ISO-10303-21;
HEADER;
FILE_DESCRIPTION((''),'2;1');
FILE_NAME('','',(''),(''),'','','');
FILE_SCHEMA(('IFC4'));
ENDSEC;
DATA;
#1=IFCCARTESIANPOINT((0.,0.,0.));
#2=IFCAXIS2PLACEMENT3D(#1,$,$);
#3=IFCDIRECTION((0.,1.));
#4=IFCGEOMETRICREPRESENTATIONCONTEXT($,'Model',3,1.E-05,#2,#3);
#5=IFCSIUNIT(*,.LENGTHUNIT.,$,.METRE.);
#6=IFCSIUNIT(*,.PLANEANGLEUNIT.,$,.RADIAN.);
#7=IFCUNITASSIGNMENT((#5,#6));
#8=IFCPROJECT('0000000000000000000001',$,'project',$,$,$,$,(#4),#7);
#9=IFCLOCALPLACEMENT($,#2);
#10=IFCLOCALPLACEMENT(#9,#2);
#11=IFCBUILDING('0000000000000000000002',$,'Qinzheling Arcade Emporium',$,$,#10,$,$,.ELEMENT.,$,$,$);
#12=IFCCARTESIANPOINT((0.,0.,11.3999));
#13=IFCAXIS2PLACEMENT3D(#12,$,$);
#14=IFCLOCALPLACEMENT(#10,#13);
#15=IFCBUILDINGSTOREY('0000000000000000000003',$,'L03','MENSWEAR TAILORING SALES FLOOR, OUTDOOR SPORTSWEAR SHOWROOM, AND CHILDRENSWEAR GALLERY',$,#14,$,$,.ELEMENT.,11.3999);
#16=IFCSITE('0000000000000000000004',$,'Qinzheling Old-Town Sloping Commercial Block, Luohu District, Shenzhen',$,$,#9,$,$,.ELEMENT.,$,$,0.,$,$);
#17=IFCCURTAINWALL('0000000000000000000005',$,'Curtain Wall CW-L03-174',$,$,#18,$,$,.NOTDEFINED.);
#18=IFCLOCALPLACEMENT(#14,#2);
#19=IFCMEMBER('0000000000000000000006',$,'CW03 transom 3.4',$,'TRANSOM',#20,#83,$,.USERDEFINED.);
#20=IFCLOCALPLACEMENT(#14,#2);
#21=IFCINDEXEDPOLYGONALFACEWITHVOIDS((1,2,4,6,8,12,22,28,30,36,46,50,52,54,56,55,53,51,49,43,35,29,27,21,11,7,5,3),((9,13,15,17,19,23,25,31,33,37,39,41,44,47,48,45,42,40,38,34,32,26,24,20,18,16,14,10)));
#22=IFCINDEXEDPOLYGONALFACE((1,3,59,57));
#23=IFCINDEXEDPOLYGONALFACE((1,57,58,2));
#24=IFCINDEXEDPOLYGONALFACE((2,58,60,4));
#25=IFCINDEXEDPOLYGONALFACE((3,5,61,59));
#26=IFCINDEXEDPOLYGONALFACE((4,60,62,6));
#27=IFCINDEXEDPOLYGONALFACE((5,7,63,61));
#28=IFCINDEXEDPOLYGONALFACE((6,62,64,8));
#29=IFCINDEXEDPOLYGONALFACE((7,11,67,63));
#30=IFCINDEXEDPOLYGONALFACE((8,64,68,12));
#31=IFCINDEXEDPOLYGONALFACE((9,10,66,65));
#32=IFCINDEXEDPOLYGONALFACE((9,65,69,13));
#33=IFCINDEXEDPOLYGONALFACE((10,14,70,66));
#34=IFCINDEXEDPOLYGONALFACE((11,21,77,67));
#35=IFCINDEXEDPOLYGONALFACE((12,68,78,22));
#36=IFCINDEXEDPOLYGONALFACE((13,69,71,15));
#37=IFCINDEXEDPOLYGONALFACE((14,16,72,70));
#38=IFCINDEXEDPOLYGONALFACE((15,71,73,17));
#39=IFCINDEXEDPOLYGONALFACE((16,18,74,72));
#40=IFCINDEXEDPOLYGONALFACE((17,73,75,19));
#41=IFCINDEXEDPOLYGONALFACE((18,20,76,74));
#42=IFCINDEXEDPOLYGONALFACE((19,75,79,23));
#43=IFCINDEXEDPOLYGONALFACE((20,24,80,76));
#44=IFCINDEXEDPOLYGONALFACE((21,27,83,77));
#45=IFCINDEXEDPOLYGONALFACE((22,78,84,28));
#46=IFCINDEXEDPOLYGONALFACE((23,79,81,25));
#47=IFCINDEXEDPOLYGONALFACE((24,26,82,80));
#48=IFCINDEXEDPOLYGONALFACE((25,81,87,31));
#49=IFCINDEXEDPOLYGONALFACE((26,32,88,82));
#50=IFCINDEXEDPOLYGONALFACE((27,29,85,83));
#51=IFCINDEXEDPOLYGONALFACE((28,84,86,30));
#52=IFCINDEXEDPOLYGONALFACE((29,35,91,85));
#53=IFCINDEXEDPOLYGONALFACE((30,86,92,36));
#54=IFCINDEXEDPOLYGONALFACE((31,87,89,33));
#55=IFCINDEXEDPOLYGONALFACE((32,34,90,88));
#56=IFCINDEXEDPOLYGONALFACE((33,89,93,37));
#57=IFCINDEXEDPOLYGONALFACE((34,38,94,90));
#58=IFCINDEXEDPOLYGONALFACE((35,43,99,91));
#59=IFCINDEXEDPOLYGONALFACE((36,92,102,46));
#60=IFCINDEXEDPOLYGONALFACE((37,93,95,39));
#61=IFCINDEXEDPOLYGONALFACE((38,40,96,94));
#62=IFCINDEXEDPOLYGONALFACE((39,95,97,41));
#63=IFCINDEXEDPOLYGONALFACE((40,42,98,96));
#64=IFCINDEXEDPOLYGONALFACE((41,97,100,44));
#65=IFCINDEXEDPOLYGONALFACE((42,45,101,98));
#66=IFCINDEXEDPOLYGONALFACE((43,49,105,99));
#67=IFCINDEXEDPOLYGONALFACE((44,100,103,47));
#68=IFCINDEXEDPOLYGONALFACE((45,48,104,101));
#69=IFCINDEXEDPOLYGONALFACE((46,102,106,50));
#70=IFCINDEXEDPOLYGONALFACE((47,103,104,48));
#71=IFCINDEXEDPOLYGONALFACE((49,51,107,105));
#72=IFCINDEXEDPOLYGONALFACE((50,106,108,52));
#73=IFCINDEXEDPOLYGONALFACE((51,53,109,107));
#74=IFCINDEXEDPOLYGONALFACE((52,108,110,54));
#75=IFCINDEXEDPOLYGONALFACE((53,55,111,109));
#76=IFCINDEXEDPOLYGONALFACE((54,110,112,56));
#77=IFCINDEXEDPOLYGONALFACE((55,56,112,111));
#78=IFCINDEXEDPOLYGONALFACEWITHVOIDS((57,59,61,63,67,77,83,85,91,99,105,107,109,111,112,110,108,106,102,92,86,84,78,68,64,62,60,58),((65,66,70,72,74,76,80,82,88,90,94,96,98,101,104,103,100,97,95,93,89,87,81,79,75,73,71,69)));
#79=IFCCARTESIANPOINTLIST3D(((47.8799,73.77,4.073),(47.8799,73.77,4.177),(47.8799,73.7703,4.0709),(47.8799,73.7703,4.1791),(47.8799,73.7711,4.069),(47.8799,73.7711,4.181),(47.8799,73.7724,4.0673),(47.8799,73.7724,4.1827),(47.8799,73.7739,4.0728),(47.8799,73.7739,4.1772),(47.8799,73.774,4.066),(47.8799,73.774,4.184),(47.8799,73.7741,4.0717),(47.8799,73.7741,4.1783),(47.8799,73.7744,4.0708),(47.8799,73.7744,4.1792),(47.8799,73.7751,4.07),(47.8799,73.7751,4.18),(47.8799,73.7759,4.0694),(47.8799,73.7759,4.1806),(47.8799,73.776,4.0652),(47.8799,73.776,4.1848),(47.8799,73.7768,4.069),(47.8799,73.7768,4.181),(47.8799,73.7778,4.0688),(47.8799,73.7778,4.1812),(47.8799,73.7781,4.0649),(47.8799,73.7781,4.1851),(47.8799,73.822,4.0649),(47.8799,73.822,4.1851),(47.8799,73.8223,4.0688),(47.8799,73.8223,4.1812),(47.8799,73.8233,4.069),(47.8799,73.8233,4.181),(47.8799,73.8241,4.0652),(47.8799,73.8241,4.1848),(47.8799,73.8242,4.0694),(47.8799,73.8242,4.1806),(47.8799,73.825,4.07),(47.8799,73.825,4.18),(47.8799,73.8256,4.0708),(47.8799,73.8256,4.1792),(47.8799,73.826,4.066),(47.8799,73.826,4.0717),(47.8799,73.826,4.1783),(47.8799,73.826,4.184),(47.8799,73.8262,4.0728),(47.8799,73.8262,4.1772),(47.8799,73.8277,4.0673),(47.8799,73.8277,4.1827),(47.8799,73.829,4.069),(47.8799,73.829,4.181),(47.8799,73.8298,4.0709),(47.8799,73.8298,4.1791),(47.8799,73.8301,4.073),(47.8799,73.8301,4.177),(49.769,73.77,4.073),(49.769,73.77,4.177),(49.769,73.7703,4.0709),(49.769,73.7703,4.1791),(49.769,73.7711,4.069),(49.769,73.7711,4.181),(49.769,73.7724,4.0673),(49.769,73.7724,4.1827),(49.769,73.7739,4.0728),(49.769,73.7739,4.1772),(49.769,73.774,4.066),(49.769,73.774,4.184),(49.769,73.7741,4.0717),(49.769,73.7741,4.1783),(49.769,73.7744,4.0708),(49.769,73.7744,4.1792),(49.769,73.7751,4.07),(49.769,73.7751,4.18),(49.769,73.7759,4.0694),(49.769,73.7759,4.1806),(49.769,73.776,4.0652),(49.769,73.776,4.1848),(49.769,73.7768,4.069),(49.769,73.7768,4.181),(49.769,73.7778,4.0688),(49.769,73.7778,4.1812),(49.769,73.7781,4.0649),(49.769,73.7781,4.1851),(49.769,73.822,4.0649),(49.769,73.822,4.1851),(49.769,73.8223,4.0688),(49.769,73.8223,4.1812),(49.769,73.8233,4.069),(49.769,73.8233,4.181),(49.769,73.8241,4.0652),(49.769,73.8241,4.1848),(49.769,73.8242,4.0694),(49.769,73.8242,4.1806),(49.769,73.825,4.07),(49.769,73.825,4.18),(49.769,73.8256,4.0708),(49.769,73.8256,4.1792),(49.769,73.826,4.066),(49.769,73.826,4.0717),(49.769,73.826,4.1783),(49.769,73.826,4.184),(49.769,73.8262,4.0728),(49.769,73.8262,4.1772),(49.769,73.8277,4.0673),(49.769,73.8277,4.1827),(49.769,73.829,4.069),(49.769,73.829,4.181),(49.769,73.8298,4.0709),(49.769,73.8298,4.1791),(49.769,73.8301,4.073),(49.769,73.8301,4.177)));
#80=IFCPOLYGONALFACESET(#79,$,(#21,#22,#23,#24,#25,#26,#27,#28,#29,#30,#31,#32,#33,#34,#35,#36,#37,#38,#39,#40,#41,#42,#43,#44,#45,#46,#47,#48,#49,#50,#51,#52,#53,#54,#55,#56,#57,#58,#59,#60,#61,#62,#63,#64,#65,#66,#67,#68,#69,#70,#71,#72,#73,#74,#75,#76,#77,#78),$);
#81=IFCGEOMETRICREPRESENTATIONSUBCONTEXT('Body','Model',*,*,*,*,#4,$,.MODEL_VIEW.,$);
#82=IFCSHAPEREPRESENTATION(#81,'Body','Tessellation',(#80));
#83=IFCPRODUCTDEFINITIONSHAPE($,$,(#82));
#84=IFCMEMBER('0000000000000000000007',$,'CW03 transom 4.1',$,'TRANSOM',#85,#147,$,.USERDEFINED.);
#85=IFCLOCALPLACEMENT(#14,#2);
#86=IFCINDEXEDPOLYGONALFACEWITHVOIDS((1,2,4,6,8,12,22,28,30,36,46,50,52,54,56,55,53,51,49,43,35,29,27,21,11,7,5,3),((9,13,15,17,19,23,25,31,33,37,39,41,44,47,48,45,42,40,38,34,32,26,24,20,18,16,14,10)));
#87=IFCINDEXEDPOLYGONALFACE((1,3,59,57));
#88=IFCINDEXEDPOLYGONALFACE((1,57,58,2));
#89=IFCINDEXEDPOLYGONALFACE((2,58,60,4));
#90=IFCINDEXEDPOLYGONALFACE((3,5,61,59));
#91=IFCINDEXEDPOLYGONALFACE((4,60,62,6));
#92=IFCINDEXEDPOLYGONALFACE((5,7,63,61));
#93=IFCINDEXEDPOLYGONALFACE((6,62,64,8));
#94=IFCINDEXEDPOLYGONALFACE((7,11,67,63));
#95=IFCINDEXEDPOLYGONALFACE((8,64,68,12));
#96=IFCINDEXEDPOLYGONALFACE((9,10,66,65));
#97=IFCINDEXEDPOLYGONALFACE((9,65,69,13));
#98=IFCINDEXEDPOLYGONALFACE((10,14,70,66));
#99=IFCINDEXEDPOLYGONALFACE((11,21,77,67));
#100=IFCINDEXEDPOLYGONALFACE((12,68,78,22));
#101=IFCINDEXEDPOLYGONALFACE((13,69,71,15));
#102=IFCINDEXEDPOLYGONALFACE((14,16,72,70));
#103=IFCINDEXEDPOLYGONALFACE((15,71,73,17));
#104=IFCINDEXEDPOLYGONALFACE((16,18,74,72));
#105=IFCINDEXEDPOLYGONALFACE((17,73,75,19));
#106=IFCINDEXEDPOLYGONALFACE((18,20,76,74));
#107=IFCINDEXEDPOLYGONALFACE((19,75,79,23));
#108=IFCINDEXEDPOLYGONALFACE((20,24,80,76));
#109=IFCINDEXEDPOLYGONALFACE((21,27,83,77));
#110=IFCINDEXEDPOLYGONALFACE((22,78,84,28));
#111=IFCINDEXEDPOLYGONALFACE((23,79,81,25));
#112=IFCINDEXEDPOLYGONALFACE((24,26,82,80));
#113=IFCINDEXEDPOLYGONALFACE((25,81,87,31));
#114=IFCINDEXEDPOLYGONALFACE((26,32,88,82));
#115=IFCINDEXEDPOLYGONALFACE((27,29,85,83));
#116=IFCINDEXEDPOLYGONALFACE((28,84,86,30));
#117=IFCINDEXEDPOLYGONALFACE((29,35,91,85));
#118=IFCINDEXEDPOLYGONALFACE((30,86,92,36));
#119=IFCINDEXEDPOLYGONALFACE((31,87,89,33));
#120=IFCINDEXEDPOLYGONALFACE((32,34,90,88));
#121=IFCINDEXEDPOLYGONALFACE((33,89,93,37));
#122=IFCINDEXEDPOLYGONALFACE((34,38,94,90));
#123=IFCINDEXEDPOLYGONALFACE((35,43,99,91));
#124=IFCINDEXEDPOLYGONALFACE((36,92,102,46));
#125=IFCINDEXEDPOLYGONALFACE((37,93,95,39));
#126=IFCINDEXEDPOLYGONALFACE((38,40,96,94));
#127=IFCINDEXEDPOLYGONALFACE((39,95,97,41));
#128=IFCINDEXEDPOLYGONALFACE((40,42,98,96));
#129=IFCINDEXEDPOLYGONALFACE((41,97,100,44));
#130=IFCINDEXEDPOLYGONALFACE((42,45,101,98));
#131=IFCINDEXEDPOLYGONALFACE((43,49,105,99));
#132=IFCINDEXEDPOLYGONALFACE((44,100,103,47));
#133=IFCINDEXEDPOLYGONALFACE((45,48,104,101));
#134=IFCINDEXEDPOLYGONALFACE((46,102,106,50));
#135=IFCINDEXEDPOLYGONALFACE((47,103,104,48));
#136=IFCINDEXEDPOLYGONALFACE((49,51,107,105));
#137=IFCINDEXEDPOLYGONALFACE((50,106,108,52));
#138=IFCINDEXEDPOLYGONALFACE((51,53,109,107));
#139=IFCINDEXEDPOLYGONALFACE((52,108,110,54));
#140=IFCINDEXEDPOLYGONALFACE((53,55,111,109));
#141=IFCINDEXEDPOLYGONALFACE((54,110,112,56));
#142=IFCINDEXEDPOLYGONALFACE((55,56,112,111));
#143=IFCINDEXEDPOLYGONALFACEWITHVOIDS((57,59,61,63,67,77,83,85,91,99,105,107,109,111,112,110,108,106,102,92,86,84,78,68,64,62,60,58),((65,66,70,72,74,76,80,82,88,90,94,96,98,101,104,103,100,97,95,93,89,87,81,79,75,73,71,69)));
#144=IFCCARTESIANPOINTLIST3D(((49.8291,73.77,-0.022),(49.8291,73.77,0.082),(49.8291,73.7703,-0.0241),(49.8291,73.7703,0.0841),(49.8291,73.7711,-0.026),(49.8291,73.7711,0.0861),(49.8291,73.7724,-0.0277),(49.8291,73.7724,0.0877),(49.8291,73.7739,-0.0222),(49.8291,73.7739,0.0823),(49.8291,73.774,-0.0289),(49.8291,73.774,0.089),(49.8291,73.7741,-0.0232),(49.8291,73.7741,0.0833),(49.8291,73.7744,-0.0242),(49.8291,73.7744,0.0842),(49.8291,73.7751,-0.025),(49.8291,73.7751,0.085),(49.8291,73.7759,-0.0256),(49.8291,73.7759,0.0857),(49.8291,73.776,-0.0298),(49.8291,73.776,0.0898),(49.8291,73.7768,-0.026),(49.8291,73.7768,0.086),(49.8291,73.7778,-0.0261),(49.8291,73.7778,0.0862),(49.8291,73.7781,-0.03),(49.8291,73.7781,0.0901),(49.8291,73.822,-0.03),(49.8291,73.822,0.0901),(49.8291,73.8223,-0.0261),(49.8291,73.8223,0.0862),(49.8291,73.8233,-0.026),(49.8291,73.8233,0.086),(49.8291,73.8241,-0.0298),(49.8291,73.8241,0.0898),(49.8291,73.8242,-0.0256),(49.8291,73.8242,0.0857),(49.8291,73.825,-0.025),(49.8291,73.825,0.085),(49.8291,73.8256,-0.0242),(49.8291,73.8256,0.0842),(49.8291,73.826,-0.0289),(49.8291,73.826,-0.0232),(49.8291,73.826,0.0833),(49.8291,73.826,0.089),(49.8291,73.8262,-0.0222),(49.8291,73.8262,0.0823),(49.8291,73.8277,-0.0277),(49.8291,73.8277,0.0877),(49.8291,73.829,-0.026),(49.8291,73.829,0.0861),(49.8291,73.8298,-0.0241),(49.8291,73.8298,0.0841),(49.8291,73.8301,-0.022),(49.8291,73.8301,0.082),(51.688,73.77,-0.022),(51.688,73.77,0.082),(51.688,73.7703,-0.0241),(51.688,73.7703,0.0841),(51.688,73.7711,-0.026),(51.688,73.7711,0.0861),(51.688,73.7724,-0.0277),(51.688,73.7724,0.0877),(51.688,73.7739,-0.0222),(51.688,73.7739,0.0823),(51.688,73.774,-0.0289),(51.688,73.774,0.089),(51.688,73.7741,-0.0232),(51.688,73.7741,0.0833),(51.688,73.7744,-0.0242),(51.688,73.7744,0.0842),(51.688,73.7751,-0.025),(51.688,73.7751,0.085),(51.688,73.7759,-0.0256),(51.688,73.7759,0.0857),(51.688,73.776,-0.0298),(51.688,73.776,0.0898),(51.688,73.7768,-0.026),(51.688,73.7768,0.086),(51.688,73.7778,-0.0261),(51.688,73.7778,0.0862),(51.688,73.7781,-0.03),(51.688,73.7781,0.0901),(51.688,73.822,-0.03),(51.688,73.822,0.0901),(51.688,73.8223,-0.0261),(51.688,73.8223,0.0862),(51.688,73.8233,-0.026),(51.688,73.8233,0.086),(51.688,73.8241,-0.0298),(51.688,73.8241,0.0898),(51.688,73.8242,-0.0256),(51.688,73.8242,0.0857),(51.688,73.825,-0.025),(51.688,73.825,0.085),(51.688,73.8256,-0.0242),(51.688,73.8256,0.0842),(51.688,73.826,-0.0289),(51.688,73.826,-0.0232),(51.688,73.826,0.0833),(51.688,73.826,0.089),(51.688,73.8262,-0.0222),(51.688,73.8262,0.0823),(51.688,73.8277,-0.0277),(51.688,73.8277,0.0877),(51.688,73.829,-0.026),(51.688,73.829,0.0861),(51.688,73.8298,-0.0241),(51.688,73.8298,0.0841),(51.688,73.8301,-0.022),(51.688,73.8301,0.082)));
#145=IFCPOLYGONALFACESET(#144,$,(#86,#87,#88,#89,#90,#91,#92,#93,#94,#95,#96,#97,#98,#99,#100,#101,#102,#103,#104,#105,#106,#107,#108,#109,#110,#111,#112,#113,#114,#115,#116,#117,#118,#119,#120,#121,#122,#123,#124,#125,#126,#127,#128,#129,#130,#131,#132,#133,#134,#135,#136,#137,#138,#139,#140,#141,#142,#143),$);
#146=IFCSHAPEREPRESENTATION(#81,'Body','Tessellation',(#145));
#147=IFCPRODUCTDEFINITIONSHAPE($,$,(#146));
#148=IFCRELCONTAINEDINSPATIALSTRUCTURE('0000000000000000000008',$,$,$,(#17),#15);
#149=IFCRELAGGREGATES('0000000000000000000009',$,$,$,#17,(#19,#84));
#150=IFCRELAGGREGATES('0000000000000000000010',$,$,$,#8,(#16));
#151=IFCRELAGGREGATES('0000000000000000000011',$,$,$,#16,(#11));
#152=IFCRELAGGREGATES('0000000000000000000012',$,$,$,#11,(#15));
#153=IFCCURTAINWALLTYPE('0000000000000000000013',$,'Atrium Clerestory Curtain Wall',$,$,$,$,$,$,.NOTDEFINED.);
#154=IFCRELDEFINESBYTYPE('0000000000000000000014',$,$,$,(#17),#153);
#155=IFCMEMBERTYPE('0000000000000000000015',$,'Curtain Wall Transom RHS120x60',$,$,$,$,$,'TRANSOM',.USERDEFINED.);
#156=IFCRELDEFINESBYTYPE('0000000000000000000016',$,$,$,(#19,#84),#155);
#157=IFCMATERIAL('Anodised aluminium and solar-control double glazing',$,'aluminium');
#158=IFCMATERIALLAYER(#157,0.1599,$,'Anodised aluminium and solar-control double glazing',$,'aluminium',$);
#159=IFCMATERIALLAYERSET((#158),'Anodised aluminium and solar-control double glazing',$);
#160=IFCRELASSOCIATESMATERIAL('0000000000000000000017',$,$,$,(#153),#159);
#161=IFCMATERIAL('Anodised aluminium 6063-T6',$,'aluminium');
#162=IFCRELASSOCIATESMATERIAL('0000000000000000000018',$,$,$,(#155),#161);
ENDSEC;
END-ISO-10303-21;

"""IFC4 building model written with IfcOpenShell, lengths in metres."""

from ifc_helpers import new_model, si_unit, direction, frame, origin, origin_2d, place, context, subcontext, project, spatial, hollow_rectangle, extrude, material, layer, layer_set, material_profile, profile_set, type_object, element, aggregate, save


model = new_model("IFC4")

# Units and contexts
model_context = context("Model", 3, precision=1e-05, world=origin(), true_north=direction((0.0, 1.0)))
body_context = subcontext(model_context, "Body", "Model", "MODEL_VIEW")
ifc_project = project(units=[si_unit("LENGTHUNIT", "METRE"), si_unit("PLANEANGLEUNIT", "RADIAN")], contexts=[model_context])

# Site, building, storey
site_placement = place(None, origin())
site = spatial("IfcSite", under=ifc_project, at=site_placement, Name="Qinzheling Old-Town Sloping Commercial Block, Luohu District, Shenzhen", CompositionType="ELEMENT", RefElevation=0.0)
building_placement = place(site_placement, origin())
building = spatial("IfcBuilding", under=site, at=building_placement, Name="Qinzheling Arcade Emporium", CompositionType="ELEMENT")
storey_placement = place(building_placement, frame((0.0, 0.0, 11.3999)))
storey = spatial("IfcBuildingStorey", under=building, at=storey_placement, Name="L03", Description="MENSWEAR TAILORING SALES FLOOR, OUTDOOR SPORTSWEAR SHOWROOM, AND CHILDRENSWEAR GALLERY", CompositionType="ELEMENT", Elevation=11.3999)

# Curtain wall, members
ifc_material_1 = material(Name="Anodised aluminium and solar-control double glazing", Category="aluminium")
ifc_layer_1 = layer(ifc_material_1, 0.1599, Name="Anodised aluminium and solar-control double glazing", Category="aluminium")
ifc_layer_set_1 = layer_set([ifc_layer_1], Name="Anodised aluminium and solar-control double glazing")
curtain_wall_type = type_object("IfcCurtainWallType", Name="Atrium Clerestory Curtain Wall", PredefinedType="NOTDEFINED", material=ifc_layer_set_1)
curtain_wall_placement = place(storey_placement, origin())
curtain_wall = element("IfcCurtainWall", 1, at=curtain_wall_placement, inside=storey, type_object=curtain_wall_type, Name="Curtain Wall CW-L03-174", PredefinedType="NOTDEFINED")
ifc_material_2 = material(Name="Anodised aluminium 6063-T6", Category="aluminium")
ifc_material_profile_1 = material_profile(ifc_material_2, hollow_rectangle(XDim=0.0601, YDim=0.1201, WallThickness=0.0039, InnerFilletRadius=0.0039, OuterFilletRadius=0.0081, at=origin_2d()), Name="RHS 120x60x4", Category="aluminium")
ifc_profile_set_1 = profile_set([ifc_material_profile_1], Name="Anodised aluminium 6063-T6")
member_type_1 = type_object("IfcMemberType", Name="Curtain Wall Transom RHS120x60", ElementType="TRANSOM", PredefinedType="USERDEFINED", material=ifc_profile_set_1)
member_1_placement = place(storey_placement, frame((47.8799, 73.8, 4.125), z_axis=(1.0, 0.0, 0.0), x_axis=(0.0, 1.0, 0.0)))
member_1 = element("IfcMember", 2, at=member_1_placement, type_object=member_type_1, Name="CW03 transom 3.4", ObjectType="TRANSOM", PredefinedType="USERDEFINED", context=body_context, shape_type="SweptSolid", body=[
    extrude(hollow_rectangle(XDim=0.0601, YDim=0.1201, WallThickness=0.0039, InnerFilletRadius=0.0039, OuterFilletRadius=0.0081, at=origin_2d()), origin(), (0.0, 0.0, 1.0), 1.8892),
])
member_2_placement = place(storey_placement, frame((49.8291, 73.8, 0.03), z_axis=(1.0, 0.0, 0.0), x_axis=(0.0, 1.0, 0.0)))
member_2 = element("IfcMember", 3, at=member_2_placement, type_object=member_type_1, Name="CW03 transom 4.1", ObjectType="TRANSOM", PredefinedType="USERDEFINED", context=body_context, shape_type="SweptSolid", body=[
    extrude(hollow_rectangle(XDim=0.0601, YDim=0.1201, WallThickness=0.0039, InnerFilletRadius=0.0039, OuterFilletRadius=0.0081, at=origin_2d()), origin(), (0.0, 0.0, 1.0), 1.8589),
])
aggregate(curtain_wall, [member_1, member_2])

save(model, "model.ifc")
